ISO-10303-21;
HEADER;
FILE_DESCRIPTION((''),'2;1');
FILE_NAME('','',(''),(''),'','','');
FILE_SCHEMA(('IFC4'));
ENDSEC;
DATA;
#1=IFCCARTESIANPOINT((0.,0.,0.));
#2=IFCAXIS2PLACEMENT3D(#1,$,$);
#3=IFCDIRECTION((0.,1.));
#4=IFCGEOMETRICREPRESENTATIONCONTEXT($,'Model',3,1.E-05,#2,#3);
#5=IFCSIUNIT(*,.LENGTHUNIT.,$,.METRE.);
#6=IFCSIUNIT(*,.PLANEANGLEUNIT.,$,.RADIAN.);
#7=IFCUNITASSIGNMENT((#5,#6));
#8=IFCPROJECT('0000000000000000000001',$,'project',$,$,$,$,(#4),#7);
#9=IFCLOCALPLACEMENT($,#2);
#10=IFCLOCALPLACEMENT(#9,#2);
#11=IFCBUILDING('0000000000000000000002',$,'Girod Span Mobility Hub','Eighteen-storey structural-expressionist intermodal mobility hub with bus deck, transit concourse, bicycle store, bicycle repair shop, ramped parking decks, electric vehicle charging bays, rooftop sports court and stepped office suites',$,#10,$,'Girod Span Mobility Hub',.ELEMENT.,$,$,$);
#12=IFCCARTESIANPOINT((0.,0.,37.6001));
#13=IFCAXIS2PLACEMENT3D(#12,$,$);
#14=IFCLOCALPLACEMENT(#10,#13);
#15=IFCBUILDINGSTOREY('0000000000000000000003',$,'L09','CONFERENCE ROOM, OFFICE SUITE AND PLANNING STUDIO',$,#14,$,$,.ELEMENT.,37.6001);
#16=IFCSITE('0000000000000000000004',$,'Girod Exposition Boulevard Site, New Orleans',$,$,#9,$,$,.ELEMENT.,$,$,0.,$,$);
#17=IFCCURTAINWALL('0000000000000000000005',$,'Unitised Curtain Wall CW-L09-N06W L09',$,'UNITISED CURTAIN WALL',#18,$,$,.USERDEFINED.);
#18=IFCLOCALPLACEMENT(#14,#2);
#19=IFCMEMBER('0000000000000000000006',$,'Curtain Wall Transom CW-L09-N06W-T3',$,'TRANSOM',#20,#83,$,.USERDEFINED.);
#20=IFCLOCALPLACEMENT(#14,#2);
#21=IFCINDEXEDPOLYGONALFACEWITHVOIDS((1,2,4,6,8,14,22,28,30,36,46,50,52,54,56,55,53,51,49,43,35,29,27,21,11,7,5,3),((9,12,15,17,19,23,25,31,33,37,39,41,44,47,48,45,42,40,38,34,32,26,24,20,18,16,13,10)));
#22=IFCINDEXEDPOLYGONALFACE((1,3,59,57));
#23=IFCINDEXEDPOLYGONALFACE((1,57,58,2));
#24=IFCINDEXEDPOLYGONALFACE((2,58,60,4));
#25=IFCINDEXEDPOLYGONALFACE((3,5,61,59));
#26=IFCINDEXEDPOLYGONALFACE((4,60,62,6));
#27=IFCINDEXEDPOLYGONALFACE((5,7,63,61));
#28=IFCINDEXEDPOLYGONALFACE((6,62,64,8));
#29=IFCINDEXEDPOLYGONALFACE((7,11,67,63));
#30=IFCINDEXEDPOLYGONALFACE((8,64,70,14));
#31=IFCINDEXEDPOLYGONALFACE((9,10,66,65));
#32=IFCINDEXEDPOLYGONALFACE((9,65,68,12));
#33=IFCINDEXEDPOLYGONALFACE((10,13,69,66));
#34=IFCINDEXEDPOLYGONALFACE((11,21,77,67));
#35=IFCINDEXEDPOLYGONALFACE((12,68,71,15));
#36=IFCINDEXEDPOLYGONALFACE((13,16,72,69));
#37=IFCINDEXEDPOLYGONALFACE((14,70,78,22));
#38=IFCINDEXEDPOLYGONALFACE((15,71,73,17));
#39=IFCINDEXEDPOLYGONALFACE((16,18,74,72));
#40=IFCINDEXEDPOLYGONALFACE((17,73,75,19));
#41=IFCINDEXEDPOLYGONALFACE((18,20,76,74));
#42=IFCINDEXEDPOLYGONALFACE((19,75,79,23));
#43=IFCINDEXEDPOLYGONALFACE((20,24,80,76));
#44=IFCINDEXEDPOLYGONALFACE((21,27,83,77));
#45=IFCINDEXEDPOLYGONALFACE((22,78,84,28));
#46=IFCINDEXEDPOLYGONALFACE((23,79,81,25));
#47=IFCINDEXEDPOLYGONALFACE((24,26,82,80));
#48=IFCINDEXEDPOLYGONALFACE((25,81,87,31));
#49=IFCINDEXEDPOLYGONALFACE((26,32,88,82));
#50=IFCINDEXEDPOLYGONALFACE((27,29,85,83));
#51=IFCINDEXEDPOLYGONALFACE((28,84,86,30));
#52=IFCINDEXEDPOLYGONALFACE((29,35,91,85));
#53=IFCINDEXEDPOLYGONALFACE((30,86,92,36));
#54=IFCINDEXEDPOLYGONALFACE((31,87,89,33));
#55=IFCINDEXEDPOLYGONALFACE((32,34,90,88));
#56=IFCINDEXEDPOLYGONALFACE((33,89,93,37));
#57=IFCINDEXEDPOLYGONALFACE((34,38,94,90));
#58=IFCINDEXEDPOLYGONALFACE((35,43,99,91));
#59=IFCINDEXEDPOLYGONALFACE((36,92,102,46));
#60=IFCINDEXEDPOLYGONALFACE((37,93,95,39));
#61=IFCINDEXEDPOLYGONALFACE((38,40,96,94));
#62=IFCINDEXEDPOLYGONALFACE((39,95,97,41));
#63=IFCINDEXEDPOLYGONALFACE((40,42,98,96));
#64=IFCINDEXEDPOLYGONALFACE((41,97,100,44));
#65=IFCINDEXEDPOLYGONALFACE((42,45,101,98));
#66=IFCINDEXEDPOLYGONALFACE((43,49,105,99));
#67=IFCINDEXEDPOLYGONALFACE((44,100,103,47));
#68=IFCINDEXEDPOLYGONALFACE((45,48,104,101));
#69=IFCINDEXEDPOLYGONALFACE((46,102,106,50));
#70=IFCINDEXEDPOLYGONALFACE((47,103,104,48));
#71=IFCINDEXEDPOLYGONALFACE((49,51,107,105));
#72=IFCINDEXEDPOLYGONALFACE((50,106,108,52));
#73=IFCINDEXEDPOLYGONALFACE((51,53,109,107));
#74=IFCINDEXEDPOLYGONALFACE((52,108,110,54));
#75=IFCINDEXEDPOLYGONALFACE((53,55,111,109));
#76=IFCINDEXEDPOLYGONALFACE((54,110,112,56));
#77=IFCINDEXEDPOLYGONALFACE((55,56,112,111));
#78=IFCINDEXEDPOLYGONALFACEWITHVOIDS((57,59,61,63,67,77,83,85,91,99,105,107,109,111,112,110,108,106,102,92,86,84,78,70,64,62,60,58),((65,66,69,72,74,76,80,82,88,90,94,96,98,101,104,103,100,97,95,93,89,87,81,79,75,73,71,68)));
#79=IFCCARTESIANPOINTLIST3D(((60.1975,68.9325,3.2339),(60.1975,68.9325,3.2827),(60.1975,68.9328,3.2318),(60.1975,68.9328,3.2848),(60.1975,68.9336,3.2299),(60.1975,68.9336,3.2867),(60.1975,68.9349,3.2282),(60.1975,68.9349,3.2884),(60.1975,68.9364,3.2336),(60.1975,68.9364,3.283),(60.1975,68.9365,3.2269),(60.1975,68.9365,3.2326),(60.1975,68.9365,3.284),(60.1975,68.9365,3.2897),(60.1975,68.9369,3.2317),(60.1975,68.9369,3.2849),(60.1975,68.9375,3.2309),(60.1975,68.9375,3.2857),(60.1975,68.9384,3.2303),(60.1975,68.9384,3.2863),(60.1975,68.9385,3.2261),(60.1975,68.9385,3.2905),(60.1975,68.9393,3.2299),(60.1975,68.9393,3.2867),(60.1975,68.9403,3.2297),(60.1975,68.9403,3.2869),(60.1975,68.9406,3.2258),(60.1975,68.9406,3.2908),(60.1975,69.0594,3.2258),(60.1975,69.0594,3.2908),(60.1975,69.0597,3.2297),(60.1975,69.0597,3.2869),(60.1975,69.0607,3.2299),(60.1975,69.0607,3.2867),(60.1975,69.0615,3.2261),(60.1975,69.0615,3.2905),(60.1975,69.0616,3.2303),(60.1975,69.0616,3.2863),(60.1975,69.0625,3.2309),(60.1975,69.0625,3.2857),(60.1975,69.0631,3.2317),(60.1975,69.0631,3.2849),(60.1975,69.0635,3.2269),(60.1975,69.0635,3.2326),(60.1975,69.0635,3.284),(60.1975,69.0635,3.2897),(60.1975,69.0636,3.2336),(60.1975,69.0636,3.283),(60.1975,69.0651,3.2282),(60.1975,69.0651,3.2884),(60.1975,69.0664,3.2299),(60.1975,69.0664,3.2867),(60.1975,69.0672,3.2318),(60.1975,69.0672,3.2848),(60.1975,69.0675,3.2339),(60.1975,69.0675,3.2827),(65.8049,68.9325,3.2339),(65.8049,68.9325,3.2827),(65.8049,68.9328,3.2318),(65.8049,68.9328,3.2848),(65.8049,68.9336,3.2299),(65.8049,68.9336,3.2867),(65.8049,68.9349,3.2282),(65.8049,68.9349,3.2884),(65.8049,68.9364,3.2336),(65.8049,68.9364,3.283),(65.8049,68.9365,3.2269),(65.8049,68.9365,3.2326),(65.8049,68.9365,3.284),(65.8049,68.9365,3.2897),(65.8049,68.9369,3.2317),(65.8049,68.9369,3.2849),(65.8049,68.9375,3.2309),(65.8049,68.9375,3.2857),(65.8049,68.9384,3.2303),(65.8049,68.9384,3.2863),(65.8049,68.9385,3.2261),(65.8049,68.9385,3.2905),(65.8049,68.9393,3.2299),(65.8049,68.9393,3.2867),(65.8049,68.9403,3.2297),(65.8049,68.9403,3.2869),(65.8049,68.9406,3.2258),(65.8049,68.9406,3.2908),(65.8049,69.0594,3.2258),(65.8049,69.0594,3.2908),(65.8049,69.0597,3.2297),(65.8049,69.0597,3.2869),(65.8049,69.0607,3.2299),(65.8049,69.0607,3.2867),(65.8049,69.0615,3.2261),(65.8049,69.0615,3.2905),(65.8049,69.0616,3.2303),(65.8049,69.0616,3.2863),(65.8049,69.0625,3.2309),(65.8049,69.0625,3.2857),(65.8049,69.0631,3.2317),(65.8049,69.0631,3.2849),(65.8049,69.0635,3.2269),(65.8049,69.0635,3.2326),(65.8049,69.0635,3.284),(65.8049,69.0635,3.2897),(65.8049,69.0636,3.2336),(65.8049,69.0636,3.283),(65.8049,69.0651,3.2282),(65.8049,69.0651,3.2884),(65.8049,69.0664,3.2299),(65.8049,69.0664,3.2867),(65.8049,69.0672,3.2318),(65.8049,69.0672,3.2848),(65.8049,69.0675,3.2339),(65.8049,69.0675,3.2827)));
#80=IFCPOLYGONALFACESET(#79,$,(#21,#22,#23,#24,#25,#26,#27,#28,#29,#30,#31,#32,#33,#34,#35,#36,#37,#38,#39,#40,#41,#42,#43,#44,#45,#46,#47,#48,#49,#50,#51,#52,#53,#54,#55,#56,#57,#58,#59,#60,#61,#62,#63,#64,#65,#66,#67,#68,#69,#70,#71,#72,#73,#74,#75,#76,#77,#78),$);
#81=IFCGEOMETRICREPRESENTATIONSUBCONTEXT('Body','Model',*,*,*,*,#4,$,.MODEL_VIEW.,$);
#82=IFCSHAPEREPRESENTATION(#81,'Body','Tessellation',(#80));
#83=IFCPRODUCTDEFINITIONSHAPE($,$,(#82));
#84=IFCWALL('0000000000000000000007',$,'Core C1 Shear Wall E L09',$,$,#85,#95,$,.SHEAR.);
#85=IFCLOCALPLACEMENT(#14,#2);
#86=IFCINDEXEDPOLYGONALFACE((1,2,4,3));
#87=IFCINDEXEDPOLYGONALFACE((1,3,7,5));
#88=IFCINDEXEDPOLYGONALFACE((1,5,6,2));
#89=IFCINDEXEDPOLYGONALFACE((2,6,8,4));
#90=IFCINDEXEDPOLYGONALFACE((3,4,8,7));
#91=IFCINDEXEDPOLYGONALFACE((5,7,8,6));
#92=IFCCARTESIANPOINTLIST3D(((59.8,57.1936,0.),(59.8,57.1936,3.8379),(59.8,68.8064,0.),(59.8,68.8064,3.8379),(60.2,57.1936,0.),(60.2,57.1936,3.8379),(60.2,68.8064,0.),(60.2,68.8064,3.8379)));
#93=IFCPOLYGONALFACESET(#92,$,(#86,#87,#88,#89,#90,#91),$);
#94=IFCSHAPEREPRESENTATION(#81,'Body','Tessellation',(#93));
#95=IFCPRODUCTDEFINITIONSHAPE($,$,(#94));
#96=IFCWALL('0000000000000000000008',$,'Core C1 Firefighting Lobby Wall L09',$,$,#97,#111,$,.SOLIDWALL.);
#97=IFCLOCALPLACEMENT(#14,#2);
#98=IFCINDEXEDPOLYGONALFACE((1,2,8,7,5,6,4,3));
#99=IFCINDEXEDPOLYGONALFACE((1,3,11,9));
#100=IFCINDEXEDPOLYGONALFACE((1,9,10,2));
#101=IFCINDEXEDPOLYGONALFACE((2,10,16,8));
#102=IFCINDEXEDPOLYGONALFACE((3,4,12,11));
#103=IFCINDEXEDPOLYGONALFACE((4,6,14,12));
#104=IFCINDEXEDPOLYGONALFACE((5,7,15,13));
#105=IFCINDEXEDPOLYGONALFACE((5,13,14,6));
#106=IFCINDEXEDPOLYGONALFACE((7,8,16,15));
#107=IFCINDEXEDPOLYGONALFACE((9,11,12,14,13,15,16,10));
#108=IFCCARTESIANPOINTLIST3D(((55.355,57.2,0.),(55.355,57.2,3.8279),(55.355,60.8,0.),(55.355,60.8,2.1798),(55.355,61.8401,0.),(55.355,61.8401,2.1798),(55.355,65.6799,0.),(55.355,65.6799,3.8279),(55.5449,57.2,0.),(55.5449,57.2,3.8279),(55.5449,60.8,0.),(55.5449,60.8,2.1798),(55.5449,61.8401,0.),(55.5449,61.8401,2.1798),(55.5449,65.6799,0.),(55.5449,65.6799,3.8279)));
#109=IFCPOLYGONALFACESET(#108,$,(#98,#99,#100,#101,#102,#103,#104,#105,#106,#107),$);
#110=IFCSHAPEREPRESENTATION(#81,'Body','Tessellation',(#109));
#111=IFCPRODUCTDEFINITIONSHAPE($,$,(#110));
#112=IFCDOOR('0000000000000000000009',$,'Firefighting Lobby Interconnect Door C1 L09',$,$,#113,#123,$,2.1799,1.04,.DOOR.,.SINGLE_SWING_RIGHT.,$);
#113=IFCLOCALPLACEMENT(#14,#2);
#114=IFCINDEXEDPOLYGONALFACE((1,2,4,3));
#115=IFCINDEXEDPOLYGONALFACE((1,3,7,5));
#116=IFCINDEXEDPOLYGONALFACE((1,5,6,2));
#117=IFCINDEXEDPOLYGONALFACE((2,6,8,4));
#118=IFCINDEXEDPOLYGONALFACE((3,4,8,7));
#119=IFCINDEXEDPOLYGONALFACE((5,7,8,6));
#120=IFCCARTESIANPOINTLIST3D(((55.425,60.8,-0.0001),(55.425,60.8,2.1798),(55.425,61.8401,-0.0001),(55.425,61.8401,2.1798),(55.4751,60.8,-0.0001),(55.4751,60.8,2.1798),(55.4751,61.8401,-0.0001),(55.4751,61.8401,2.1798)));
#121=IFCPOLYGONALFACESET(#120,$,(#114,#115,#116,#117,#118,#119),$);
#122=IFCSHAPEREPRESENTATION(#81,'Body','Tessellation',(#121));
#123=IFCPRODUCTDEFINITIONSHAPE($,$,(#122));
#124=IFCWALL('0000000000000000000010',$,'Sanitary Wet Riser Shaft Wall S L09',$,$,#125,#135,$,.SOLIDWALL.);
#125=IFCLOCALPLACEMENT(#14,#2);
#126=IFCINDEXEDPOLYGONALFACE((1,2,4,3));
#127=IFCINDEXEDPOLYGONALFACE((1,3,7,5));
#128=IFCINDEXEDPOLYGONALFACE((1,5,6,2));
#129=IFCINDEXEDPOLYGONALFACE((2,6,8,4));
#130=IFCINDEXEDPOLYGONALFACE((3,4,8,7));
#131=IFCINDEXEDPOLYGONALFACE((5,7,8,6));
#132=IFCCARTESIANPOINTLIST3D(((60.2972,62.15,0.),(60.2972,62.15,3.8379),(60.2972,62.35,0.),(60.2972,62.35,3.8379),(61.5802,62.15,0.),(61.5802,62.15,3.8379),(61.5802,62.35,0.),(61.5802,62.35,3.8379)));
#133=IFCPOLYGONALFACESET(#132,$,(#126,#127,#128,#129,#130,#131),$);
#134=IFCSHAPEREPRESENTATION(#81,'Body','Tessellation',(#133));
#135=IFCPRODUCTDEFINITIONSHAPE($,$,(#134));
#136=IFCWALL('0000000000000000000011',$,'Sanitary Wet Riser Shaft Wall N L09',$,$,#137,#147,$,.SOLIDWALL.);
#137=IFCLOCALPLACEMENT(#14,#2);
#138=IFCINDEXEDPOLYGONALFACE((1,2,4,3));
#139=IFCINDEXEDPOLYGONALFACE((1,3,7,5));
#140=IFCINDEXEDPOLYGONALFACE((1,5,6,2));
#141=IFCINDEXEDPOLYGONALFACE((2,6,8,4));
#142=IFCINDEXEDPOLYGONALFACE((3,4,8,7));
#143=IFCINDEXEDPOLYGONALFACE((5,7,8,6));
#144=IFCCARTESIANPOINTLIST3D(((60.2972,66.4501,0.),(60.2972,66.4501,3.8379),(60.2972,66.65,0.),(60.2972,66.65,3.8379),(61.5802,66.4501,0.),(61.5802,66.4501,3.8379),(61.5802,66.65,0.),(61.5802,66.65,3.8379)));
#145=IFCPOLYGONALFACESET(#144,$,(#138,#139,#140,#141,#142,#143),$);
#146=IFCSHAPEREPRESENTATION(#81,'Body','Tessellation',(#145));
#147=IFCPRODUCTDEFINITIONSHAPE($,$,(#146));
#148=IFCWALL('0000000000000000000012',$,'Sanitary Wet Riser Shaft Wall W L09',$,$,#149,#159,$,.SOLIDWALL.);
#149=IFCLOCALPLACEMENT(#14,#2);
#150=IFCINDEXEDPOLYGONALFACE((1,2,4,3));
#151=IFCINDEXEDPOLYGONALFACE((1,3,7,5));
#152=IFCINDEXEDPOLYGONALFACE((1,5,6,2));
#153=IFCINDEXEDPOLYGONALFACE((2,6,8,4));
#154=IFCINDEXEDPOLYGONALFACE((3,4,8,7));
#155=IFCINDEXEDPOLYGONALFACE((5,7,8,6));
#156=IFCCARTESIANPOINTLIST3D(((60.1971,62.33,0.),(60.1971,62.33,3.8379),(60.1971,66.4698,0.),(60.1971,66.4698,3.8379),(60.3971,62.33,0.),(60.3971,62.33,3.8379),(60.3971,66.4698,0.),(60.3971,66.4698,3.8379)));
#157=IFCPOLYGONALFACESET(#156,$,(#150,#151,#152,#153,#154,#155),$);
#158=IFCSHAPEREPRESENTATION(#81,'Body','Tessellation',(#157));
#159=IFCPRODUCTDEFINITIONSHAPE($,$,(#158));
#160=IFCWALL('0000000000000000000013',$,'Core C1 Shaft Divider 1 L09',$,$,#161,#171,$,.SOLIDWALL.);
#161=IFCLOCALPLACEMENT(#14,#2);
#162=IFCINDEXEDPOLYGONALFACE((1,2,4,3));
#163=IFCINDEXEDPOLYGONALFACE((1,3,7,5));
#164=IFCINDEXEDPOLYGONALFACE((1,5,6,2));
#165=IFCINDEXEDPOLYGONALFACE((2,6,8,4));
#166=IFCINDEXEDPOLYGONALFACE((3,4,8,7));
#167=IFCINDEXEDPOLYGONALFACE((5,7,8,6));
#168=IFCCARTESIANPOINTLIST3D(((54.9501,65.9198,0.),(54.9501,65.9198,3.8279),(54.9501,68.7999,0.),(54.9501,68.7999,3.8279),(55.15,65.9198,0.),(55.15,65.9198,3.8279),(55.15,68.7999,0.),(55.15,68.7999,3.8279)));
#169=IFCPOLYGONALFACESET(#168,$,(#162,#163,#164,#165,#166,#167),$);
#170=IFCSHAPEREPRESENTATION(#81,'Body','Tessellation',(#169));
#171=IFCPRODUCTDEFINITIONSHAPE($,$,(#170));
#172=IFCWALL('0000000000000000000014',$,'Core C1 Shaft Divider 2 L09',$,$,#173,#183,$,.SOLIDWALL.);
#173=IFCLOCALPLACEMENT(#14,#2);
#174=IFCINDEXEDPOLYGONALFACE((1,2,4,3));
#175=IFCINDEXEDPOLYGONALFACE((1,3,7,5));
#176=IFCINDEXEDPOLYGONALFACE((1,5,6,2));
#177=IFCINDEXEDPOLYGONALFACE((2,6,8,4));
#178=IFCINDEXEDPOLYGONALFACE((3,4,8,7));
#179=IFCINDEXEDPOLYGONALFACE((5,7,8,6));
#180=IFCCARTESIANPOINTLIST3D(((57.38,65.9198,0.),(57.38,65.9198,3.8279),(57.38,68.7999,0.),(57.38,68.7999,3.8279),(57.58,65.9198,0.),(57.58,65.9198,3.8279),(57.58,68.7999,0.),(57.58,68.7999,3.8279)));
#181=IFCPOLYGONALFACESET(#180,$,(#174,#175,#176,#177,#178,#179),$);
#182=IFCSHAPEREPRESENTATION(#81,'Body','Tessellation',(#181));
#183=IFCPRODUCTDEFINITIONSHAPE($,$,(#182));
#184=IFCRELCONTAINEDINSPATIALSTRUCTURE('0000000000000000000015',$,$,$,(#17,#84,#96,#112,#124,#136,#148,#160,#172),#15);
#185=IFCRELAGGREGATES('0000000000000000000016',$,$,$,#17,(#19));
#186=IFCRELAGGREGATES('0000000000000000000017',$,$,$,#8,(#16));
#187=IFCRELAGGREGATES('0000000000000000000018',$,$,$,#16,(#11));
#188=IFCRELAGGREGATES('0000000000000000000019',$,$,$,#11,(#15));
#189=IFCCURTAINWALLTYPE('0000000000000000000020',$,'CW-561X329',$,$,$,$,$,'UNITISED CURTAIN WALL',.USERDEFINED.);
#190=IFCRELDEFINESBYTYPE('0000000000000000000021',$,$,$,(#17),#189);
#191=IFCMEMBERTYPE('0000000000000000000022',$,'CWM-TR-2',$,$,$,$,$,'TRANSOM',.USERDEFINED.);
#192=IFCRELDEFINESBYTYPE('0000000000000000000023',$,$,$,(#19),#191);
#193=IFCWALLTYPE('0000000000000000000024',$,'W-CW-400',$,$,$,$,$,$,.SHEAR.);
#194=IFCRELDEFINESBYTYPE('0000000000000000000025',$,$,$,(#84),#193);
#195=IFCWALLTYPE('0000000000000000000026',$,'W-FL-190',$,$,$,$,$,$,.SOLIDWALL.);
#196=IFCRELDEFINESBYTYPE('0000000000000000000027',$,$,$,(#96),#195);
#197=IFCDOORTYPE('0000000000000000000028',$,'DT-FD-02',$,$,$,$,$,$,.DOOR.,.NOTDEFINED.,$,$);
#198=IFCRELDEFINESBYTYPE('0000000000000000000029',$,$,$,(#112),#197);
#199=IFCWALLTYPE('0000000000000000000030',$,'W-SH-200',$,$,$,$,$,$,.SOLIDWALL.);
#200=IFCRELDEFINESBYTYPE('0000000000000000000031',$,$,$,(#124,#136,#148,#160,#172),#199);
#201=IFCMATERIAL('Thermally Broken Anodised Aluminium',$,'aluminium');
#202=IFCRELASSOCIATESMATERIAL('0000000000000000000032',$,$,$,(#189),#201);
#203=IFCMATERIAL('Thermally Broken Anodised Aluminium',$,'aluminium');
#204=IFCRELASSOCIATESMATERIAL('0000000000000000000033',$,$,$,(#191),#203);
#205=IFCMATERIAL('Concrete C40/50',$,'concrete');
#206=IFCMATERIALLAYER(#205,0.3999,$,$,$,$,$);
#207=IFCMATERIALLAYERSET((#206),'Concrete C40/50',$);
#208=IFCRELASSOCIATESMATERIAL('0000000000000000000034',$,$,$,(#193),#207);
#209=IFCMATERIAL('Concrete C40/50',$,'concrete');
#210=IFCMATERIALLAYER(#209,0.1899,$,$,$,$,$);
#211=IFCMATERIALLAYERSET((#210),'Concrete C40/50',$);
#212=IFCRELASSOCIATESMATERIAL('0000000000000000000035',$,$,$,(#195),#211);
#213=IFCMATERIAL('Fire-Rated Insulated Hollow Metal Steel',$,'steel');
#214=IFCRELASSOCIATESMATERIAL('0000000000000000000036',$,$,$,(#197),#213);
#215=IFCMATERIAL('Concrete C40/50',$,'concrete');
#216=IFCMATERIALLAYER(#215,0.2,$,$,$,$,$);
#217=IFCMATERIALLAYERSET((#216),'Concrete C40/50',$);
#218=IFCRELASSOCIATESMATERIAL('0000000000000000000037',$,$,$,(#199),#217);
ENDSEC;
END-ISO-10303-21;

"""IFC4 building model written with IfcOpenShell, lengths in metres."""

from ifc_helpers import new_model, si_unit, direction, frame, frame_2d, origin, origin_2d, place, context, subcontext, project, spatial, rectangle, hollow_rectangle, extrude, material, layer, layer_set, material_profile, profile_set, type_object, element, fill, aggregate, save


model = new_model("IFC4")

# Units and contexts
model_context = context("Model", 3, precision=1e-05, world=origin(), true_north=direction((0.0, 1.0)))
body_context = subcontext(model_context, "Body", "Model", "MODEL_VIEW")
ifc_project = project(units=[si_unit("LENGTHUNIT", "METRE"), si_unit("PLANEANGLEUNIT", "RADIAN")], contexts=[model_context])

# Site, building, storey
site_placement = place(None, origin())
site = spatial("IfcSite", under=ifc_project, at=site_placement, Name="Girod Exposition Boulevard Site, New Orleans", CompositionType="ELEMENT", RefElevation=0.0)
building_placement = place(site_placement, origin())
building = spatial("IfcBuilding", under=site, at=building_placement, Name="Girod Span Mobility Hub", Description="Eighteen-storey structural-expressionist intermodal mobility hub with bus deck, transit concourse, bicycle store, bicycle repair shop, ramped parking decks, electric vehicle charging bays, rooftop sports court and stepped office suites", LongName="Girod Span Mobility Hub", CompositionType="ELEMENT")
storey_placement = place(building_placement, frame((0.0, 0.0, 37.6001)))
storey = spatial("IfcBuildingStorey", under=building, at=storey_placement, Name="L09", Description="CONFERENCE ROOM, OFFICE SUITE AND PLANNING STUDIO", CompositionType="ELEMENT", Elevation=37.6001)

# Curtain wall, member
ifc_material_1 = material(Name="Thermally Broken Anodised Aluminium", Category="aluminium")
curtain_wall_type = type_object("IfcCurtainWallType", Name="CW-561X329", ElementType="UNITISED CURTAIN WALL", PredefinedType="USERDEFINED", material=ifc_material_1)
curtain_wall_placement = place(storey_placement, origin())
curtain_wall = element("IfcCurtainWall", 1, at=curtain_wall_placement, inside=storey, type_object=curtain_wall_type, Name="Unitised Curtain Wall CW-L09-N06W L09", ObjectType="UNITISED CURTAIN WALL", PredefinedType="USERDEFINED")
ifc_material_2 = material(Name="Thermally Broken Anodised Aluminium", Category="aluminium")
ifc_material_profile_1 = material_profile(ifc_material_2, hollow_rectangle(XDim=0.135, YDim=0.0649, WallThickness=0.0039, InnerFilletRadius=0.0039, OuterFilletRadius=0.0081, at=origin_2d()), Name="CW-TR-65X135")
ifc_profile_set_1 = profile_set([ifc_material_profile_1], Name="Thermally Broken Anodised Aluminium")
member_type_1 = type_object("IfcMemberType", Name="CWM-TR-2", ElementType="TRANSOM", PredefinedType="USERDEFINED", material=ifc_profile_set_1)
member_1_placement = place(storey_placement, frame((60.1975, 69.0, 3.2583), z_axis=(1.0, 0.0, 0.0), x_axis=(0.0, 1.0, 0.0)))
member_1 = element("IfcMember", 2, at=member_1_placement, type_object=member_type_1, Name="Curtain Wall Transom CW-L09-N06W-T3", ObjectType="TRANSOM", PredefinedType="USERDEFINED", context=body_context, shape_type="SweptSolid", body=[
    extrude(hollow_rectangle(XDim=0.135, YDim=0.0649, WallThickness=0.0039, InnerFilletRadius=0.0039, OuterFilletRadius=0.0081, at=origin_2d()), origin(), (0.0, 0.0, 1.0), 5.6074),
])
aggregate(curtain_wall, [member_1])

# Wall
ifc_material_3 = material(Name="Concrete C40/50", Category="concrete")
ifc_layer_1 = layer(ifc_material_3, 0.3999)
ifc_layer_set_1 = layer_set([ifc_layer_1], Name="Concrete C40/50")
wall_type_1 = type_object("IfcWallType", Name="W-CW-400", PredefinedType="SHEAR", material=ifc_layer_set_1)
wall_1_placement = place(storey_placement, frame((60.0, 57.1936, 0.0), z_axis=(0.0, 0.0, 1.0), x_axis=(0.0, 1.0, 0.0)))
element("IfcWall", 3, at=wall_1_placement, inside=storey, type_object=wall_type_1, Name="Core C1 Shear Wall E L09", PredefinedType="SHEAR", context=body_context, shape_type="SweptSolid", body=[
    extrude(rectangle(XDim=11.6128, YDim=0.3999, at=frame_2d((5.8064, 0.0))), origin(), (0.0, 0.0, 1.0), 3.8379),
])

# Wall, opening, door
ifc_material_4 = material(Name="Concrete C40/50", Category="concrete")
ifc_layer_2 = layer(ifc_material_4, 0.1899)
ifc_layer_set_2 = layer_set([ifc_layer_2], Name="Concrete C40/50")
wall_type_2 = type_object("IfcWallType", Name="W-FL-190", PredefinedType="SOLIDWALL", material=ifc_layer_set_2)
wall_2_placement = place(storey_placement, frame((55.45, 57.2, 0.0), z_axis=(0.0, 0.0, 1.0), x_axis=(0.0, 1.0, 0.0)))
wall_2 = element("IfcWall", 4, at=wall_2_placement, inside=storey, type_object=wall_type_2, Name="Core C1 Firefighting Lobby Wall L09", PredefinedType="SOLIDWALL", context=body_context, shape_type="SweptSolid", body=[
    extrude(rectangle(XDim=8.48, YDim=0.1899, at=frame_2d((4.24, 0.0))), origin(), (0.0, 0.0, 1.0), 3.8279),
])
opening_1_placement = place(wall_2_placement, frame((3.6001, 0.0, 0.0)))
opening_1 = element("IfcOpeningElement", 5, at=opening_1_placement, cuts=wall_2, PredefinedType="OPENING", context=body_context, shape_type="SweptSolid", body=[
    extrude(rectangle(XDim=1.04, YDim=2.1799, at=frame_2d((0.52, 1.0898))), frame((0.0, 0.1099, 0.0), z_axis=(0.0, -1.0, 0.0), x_axis=(1.0, 0.0, 0.0)), (0.0, 0.0, 1.0), 0.22),
])
ifc_material_5 = material(Name="Fire-Rated Insulated Hollow Metal Steel", Category="steel")
door_type_1 = type_object("IfcDoorType", Name="DT-FD-02", OperationType="NOTDEFINED", PredefinedType="DOOR", material=ifc_material_5)
door_1_placement = place(opening_1_placement, origin())
door_1 = element("IfcDoor", 6, at=door_1_placement, inside=storey, type_object=door_type_1, Name="Firefighting Lobby Interconnect Door C1 L09", OperationType="SINGLE_SWING_RIGHT", OverallHeight=2.1799, OverallWidth=1.04, PredefinedType="DOOR", context=body_context, shape_type="SweptSolid", body=[
    extrude(rectangle(XDim=1.04, YDim=2.1799, at=frame_2d((0.52, 1.0898))), frame((0.0, 0.0249, 0.0), z_axis=(0.0, -1.0, 0.0), x_axis=(1.0, 0.0, 0.0)), (0.0, 0.0, 1.0), 0.05),
])
fill(opening_1, door_1)

# Walls
ifc_material_6 = material(Name="Concrete C40/50", Category="concrete")
ifc_layer_3 = layer(ifc_material_6, 0.2)
ifc_layer_set_3 = layer_set([ifc_layer_3], Name="Concrete C40/50")
wall_type_3 = type_object("IfcWallType", Name="W-SH-200", PredefinedType="SOLIDWALL", material=ifc_layer_set_3)
for number, where, z_axis, x_axis, name in (
    (7, (60.2971, 62.25, 0.0), (0.0, 0.0, 1.0), (1.0, 0.0, 0.0), "Sanitary Wet Riser Shaft Wall S L09"),
    (8, (60.2971, 66.55, 0.0), (0.0, 0.0, 1.0), (1.0, 0.0, 0.0), "Sanitary Wet Riser Shaft Wall N L09"),
):
    element("IfcWall", number, at=place(storey_placement, frame(where, z_axis=z_axis, x_axis=x_axis)), inside=storey, type_object=wall_type_3, Name=name, PredefinedType="SOLIDWALL", context=body_context, shape_type="SweptSolid", body=[
        extrude(rectangle(XDim=1.283, YDim=0.2, at=frame_2d((0.6416, 0.0))), origin(), (0.0, 0.0, 1.0), 3.8379),
    ])
wall_3_placement = place(storey_placement, frame((60.2971, 62.3301, 0.0), z_axis=(0.0, 0.0, 1.0), x_axis=(0.0, 1.0, 0.0)))
element("IfcWall", 9, at=wall_3_placement, inside=storey, type_object=wall_type_3, Name="Sanitary Wet Riser Shaft Wall W L09", PredefinedType="SOLIDWALL", context=body_context, shape_type="SweptSolid", body=[
    extrude(rectangle(XDim=4.1399, YDim=0.2, at=frame_2d((2.0698, 0.0))), origin(), (0.0, 0.0, 1.0), 3.8379),
])
for number, where, z_axis, x_axis, name in (
    (10, (55.05, 65.9199, 0.0), (0.0, 0.0, 1.0), (0.0, 1.0, 0.0), "Core C1 Shaft Divider 1 L09"),
    (11, (57.48, 65.9199, 0.0), (0.0, 0.0, 1.0), (0.0, 1.0, 0.0), "Core C1 Shaft Divider 2 L09"),
):
    element("IfcWall", number, at=place(storey_placement, frame(where, z_axis=z_axis, x_axis=x_axis)), inside=storey, type_object=wall_type_3, Name=name, PredefinedType="SOLIDWALL", context=body_context, shape_type="SweptSolid", body=[
        extrude(rectangle(XDim=2.8801, YDim=0.2, at=frame_2d((1.4399, 0.0))), origin(), (0.0, 0.0, 1.0), 3.8279),
    ])

save(model, "model.ifc")
